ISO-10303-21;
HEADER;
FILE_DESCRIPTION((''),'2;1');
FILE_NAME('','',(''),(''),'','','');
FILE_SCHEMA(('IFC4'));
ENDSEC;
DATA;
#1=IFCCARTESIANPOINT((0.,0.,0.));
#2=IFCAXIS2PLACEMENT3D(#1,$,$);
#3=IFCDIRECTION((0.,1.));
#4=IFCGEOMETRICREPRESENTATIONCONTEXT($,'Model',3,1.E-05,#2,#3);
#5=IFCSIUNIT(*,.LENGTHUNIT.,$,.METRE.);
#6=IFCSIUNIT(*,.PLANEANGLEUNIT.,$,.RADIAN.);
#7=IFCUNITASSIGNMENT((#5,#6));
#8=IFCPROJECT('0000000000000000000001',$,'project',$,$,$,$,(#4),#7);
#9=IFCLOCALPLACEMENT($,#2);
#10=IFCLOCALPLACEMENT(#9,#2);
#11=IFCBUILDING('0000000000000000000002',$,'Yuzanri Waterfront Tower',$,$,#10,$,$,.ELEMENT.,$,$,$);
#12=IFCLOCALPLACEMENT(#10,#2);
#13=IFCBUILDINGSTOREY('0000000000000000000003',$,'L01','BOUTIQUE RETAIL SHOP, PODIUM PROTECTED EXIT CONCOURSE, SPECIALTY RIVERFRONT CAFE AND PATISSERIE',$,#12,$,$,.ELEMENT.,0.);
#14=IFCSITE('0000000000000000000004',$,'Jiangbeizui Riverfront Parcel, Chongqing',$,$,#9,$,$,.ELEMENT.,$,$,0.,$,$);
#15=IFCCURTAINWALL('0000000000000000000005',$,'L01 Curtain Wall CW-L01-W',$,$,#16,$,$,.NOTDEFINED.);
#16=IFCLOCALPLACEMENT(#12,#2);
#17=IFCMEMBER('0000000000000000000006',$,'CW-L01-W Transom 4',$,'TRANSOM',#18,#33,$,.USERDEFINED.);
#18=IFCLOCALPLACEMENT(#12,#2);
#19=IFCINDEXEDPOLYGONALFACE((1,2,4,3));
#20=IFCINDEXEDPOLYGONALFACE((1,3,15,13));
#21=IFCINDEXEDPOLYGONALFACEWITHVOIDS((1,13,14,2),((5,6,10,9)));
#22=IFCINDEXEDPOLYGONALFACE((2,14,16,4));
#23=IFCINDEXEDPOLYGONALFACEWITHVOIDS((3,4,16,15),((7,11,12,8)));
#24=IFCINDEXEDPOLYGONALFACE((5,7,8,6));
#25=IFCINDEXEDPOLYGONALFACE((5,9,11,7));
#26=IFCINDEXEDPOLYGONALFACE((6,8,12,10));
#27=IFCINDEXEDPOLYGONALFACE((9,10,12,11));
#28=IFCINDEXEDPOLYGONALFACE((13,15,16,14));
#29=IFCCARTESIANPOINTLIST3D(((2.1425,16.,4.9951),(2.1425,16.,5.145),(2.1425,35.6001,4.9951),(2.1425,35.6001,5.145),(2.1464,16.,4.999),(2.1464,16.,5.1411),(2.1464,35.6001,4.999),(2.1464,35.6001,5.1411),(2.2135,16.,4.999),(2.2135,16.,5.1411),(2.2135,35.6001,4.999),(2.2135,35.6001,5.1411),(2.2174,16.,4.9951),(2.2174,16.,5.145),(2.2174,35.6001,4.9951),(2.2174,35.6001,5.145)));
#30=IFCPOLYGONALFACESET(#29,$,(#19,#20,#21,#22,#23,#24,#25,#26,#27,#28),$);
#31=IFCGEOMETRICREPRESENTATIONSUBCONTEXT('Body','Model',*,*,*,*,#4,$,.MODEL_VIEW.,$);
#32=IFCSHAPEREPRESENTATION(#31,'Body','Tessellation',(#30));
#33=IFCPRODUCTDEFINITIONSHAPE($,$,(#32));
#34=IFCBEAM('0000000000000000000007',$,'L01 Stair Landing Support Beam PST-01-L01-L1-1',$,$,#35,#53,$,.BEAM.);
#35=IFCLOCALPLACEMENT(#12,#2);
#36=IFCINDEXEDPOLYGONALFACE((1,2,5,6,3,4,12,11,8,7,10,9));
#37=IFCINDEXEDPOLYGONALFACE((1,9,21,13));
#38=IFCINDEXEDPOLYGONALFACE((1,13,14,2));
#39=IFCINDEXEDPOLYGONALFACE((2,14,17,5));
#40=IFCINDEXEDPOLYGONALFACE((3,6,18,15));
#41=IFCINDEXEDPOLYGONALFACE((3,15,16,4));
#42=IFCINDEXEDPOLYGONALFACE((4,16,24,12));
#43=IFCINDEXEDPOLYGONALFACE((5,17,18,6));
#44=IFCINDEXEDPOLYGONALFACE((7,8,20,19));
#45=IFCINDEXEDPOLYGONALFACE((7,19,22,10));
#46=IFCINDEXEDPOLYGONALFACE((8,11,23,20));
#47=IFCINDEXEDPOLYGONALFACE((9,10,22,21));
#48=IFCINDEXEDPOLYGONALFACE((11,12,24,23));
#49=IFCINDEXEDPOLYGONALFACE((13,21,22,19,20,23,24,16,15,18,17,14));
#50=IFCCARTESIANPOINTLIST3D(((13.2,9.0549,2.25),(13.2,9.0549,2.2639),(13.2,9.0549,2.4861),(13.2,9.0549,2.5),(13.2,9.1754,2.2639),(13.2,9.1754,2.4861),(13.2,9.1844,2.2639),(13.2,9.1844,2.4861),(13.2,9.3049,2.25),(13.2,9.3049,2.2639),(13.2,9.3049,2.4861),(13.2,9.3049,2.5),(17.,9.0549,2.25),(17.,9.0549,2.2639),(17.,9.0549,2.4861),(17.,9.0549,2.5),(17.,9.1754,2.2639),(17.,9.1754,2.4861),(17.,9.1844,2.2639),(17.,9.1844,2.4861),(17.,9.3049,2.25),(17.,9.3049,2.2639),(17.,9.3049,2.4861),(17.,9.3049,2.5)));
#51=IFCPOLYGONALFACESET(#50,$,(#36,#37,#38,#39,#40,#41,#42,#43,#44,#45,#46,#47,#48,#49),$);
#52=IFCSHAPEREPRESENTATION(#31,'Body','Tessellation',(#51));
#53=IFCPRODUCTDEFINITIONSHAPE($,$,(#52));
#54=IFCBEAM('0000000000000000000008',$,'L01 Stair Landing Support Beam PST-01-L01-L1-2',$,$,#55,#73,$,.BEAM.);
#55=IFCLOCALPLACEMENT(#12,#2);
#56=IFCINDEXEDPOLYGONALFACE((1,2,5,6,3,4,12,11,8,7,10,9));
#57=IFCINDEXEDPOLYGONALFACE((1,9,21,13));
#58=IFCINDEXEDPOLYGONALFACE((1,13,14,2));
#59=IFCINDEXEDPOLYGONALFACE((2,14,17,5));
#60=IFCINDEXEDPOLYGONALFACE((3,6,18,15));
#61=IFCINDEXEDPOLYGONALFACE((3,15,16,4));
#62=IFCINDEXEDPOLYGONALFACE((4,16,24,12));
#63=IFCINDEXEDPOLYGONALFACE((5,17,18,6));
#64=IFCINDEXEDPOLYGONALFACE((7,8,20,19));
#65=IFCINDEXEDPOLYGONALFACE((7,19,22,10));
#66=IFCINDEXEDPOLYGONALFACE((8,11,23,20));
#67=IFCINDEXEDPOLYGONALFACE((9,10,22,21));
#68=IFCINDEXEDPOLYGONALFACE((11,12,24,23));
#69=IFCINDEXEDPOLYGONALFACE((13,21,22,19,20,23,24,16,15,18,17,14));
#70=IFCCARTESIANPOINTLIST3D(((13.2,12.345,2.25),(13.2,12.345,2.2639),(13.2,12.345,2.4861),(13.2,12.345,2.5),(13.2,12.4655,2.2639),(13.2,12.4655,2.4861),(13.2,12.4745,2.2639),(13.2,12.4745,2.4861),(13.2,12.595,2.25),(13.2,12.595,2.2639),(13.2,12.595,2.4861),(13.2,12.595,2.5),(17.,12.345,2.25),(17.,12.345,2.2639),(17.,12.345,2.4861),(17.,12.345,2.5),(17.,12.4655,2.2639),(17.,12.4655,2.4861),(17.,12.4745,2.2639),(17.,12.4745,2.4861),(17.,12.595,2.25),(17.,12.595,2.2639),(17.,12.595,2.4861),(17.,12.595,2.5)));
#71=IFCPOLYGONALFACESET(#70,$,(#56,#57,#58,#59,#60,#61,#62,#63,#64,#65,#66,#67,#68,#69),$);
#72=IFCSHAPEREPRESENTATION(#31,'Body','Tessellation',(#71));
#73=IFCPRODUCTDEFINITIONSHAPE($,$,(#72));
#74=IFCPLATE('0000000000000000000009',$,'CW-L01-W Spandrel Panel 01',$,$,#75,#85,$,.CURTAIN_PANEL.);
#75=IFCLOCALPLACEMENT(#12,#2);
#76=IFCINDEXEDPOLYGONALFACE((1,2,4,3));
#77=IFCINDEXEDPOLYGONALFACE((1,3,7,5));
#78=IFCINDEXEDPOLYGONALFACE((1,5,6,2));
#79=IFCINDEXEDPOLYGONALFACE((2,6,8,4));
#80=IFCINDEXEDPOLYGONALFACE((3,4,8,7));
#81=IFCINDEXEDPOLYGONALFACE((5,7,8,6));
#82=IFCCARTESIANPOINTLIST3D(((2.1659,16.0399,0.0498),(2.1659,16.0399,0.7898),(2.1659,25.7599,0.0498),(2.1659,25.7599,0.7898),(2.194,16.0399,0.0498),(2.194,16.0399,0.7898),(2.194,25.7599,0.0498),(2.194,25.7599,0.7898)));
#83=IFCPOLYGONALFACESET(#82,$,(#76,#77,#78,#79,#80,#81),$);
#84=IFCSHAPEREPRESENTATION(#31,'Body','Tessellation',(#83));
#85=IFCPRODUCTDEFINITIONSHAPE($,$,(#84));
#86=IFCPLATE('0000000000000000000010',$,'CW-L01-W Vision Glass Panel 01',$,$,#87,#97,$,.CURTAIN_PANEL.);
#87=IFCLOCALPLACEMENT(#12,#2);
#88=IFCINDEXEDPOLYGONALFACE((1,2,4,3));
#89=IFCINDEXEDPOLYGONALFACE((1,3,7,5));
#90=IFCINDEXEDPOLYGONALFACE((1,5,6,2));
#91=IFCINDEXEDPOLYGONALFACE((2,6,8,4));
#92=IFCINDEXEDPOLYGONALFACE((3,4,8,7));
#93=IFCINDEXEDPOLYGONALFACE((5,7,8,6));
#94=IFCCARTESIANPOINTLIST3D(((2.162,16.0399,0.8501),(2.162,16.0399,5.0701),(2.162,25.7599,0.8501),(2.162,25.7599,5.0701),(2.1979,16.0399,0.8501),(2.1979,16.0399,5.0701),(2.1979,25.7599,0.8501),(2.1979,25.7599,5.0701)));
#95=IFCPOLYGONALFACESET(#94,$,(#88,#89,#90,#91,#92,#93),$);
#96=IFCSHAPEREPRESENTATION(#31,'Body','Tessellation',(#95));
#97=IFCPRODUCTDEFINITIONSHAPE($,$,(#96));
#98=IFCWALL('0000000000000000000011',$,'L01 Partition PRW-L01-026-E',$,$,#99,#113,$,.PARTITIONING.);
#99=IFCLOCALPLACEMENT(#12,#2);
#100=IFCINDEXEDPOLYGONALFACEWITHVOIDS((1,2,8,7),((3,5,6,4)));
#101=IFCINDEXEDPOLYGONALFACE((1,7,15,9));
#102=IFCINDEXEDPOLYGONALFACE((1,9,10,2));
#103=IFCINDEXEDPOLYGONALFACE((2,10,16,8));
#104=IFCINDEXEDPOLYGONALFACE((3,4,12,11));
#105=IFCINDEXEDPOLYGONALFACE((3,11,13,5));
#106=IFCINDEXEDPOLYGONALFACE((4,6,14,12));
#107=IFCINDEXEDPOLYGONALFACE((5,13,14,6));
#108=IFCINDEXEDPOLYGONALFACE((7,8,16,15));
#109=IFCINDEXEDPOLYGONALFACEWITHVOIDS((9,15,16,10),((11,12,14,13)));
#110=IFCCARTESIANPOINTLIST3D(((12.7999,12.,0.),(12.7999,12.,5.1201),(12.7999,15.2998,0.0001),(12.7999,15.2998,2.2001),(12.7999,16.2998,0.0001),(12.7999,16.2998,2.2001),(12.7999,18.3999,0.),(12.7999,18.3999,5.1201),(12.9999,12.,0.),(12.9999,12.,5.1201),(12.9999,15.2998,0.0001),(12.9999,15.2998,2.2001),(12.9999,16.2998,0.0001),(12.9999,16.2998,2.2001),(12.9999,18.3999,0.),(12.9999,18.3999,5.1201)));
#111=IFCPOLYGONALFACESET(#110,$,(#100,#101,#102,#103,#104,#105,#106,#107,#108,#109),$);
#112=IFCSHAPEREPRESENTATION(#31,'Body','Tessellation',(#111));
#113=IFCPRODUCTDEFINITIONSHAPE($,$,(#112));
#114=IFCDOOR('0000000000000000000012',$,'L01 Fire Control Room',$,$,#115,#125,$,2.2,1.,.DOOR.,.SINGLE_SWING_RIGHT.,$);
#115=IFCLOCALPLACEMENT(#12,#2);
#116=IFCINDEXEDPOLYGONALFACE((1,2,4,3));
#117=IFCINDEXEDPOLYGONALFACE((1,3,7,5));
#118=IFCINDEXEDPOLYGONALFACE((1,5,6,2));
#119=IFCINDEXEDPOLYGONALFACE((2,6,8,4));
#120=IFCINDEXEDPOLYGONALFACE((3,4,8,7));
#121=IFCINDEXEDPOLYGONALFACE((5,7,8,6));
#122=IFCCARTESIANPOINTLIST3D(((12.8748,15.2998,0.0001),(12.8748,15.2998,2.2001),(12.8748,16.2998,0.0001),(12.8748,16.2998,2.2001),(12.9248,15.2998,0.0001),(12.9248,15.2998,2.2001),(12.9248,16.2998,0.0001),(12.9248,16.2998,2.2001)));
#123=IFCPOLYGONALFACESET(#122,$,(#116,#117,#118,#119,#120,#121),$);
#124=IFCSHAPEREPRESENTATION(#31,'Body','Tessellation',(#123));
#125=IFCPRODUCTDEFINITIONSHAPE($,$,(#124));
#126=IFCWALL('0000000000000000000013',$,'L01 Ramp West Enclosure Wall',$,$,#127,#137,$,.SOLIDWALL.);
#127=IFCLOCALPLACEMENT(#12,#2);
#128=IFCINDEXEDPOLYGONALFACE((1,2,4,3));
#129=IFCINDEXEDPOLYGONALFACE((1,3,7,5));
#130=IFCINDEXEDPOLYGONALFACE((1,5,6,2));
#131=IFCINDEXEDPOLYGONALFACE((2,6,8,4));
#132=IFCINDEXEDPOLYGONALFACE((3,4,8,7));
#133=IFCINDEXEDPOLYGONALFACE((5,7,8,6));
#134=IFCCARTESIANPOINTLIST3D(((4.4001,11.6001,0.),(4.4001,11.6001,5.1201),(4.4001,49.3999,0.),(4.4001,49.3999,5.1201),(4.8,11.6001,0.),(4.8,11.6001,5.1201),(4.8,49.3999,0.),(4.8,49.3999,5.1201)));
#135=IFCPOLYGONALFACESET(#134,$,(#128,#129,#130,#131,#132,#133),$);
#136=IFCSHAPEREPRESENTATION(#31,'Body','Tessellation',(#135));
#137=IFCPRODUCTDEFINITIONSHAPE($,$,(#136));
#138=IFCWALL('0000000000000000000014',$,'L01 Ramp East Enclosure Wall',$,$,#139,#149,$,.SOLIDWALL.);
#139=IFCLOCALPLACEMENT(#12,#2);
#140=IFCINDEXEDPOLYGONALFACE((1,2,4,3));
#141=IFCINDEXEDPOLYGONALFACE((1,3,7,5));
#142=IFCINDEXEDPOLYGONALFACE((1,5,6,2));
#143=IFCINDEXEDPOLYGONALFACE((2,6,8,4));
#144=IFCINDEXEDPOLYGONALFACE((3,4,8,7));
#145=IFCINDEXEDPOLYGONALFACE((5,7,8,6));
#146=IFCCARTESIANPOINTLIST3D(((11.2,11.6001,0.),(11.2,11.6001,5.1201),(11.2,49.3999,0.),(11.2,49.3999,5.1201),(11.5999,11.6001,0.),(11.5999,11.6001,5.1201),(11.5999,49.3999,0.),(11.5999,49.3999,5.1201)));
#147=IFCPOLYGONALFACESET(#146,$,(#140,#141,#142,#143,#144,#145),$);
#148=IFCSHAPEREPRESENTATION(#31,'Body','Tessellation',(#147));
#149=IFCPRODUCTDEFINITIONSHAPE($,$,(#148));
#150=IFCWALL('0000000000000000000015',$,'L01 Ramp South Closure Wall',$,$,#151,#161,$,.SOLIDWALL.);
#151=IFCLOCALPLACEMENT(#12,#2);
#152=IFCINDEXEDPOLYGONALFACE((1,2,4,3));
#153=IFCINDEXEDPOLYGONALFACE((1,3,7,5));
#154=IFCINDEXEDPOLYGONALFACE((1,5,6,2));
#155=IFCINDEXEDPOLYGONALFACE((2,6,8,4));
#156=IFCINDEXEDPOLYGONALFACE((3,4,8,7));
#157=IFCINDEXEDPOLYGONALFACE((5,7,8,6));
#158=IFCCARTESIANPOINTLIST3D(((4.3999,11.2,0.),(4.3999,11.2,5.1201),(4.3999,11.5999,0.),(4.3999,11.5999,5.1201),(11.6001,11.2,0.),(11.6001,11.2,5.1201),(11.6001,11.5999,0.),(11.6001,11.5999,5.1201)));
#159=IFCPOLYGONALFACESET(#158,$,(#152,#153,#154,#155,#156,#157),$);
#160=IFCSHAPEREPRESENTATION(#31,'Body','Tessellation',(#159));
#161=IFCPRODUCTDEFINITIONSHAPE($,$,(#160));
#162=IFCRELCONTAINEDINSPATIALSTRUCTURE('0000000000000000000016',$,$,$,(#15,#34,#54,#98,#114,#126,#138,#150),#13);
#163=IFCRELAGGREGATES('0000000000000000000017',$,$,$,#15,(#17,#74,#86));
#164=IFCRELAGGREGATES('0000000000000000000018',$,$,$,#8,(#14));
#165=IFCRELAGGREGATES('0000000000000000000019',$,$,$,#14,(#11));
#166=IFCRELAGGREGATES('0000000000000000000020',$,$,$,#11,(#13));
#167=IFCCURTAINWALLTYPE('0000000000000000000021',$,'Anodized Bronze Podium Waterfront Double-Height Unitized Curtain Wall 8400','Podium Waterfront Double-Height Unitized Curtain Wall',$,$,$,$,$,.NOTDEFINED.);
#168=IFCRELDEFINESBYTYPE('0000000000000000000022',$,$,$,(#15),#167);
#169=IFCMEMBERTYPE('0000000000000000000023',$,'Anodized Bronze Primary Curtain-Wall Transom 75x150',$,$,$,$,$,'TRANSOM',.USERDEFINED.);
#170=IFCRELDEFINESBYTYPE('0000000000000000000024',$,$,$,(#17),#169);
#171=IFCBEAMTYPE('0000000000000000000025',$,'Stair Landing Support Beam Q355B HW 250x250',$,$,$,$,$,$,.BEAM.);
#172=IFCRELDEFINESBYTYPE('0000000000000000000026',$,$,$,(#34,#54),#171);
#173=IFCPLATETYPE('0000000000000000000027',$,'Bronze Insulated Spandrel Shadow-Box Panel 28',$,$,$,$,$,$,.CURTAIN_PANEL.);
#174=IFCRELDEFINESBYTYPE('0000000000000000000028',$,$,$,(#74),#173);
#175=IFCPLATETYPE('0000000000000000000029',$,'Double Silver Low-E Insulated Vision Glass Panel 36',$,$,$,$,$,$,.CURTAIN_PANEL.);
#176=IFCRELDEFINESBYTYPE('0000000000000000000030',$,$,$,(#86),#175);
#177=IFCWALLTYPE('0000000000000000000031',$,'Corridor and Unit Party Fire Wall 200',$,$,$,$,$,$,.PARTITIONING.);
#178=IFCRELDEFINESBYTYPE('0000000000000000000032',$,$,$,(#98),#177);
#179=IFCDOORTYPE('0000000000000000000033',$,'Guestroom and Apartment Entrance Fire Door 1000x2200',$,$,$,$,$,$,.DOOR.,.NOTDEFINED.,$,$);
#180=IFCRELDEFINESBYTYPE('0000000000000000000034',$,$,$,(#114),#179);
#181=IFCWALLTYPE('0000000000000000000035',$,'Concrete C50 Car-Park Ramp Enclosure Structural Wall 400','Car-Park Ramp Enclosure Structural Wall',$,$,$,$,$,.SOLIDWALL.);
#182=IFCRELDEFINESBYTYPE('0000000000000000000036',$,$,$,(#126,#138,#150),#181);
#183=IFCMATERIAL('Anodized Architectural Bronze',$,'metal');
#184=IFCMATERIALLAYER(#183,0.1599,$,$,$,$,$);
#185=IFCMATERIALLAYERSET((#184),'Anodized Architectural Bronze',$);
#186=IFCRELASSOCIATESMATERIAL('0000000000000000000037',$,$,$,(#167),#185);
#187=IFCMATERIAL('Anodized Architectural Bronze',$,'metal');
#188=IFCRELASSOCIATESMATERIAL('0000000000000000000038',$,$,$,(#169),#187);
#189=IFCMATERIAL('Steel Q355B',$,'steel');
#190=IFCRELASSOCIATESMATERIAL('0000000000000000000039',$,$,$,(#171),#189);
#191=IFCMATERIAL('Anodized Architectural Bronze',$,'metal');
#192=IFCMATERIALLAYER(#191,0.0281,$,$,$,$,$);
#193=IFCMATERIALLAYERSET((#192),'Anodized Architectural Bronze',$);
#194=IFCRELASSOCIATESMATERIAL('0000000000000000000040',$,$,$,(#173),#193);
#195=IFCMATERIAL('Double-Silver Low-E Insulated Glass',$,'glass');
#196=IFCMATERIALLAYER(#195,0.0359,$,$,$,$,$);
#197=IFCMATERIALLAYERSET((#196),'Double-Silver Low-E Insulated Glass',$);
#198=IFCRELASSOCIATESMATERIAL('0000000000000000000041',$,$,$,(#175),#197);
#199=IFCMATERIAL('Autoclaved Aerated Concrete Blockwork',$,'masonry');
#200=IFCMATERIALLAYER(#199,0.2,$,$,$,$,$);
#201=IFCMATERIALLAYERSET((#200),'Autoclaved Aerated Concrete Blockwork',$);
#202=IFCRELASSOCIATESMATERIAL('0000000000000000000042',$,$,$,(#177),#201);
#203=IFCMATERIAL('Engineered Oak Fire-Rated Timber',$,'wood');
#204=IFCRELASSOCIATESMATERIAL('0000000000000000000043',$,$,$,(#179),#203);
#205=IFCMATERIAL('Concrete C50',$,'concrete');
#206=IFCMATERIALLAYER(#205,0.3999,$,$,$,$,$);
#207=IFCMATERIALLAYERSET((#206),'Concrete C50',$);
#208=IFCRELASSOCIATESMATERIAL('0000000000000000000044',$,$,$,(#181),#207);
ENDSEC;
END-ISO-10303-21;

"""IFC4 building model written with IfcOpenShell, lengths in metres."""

from ifc_helpers import new_model, si_unit, direction, frame, frame_2d, origin, origin_2d, place, context, subcontext, project, spatial, rectangle, hollow_rectangle, i_section, extrude, source, transform, mapped, material, layer, layer_set, material_profile, profile_set, type_object, element, fill, aggregate, save


model = new_model("IFC4")

# Units and contexts
model_context = context("Model", 3, precision=1e-05, world=origin(), true_north=direction((0.0, 1.0)))
body_context = subcontext(model_context, "Body", "Model", "MODEL_VIEW")
ifc_project = project(units=[si_unit("LENGTHUNIT", "METRE"), si_unit("PLANEANGLEUNIT", "RADIAN")], contexts=[model_context])

# Site, building, storey
site_placement = place(None, origin())
site = spatial("IfcSite", under=ifc_project, at=site_placement, Name="Jiangbeizui Riverfront Parcel, Chongqing", CompositionType="ELEMENT", RefElevation=0.0)
building_placement = place(site_placement, origin())
building = spatial("IfcBuilding", under=site, at=building_placement, Name="Yuzanri Waterfront Tower", CompositionType="ELEMENT")
storey_placement = place(building_placement, origin())
storey = spatial("IfcBuildingStorey", under=building, at=storey_placement, Name="L01", Description="BOUTIQUE RETAIL SHOP, PODIUM PROTECTED EXIT CONCOURSE, SPECIALTY RIVERFRONT CAFE AND PATISSERIE", CompositionType="ELEMENT", Elevation=0.0)

# Curtain wall, member
ifc_material_1 = material(Name="Anodized Architectural Bronze", Category="metal")
ifc_layer_1 = layer(ifc_material_1, 0.1599)
ifc_layer_set_1 = layer_set([ifc_layer_1], Name="Anodized Architectural Bronze")
curtain_wall_type = type_object("IfcCurtainWallType", Name="Anodized Bronze Podium Waterfront Double-Height Unitized Curtain Wall 8400", Description="Podium Waterfront Double-Height Unitized Curtain Wall", PredefinedType="NOTDEFINED", material=ifc_layer_set_1)
curtain_wall_placement = place(storey_placement, origin())
curtain_wall = element("IfcCurtainWall", 1, at=curtain_wall_placement, inside=storey, type_object=curtain_wall_type, Name="L01 Curtain Wall CW-L01-W", PredefinedType="NOTDEFINED")
ifc_material_2 = material(Name="Anodized Architectural Bronze", Category="metal")
ifc_material_profile_1 = material_profile(ifc_material_2, hollow_rectangle(XDim=0.075, YDim=0.1499, WallThickness=0.0039, at=origin_2d()), Name="CWT 75x150")
ifc_profile_set_1 = profile_set([ifc_material_profile_1], Name="Anodized Architectural Bronze")
member_type_1 = type_object("IfcMemberType", Name="Anodized Bronze Primary Curtain-Wall Transom 75x150", ElementType="TRANSOM", PredefinedType="USERDEFINED", material=ifc_profile_set_1)
shared_shape_1 = source(origin(), body_context, "Body", "SweptSolid", [
    extrude(hollow_rectangle(XDim=0.075, YDim=0.1499, WallThickness=0.0039, at=origin_2d()), origin(), (0.0, 0.0, 1.0), 19.6001),
])
member_1_placement = place(storey_placement, frame((2.1799, 16.0, 5.0701), z_axis=(0.0, 1.0, 0.0), x_axis=(-1.0, 0.0, 0.0)))
member_1 = element("IfcMember", 2, at=member_1_placement, type_object=member_type_1, Name="CW-L01-W Transom 4", ObjectType="TRANSOM", PredefinedType="USERDEFINED", context=body_context, shape_type="MappedRepresentation", body=[
    mapped(shared_shape_1, transform((0.0, 0.0, 0.0), scale=1.0)),
])

# Beams
ifc_material_3 = material(Name="Steel Q355B", Category="steel")
ifc_material_profile_2 = material_profile(ifc_material_3, i_section(OverallWidth=0.25, OverallDepth=0.25, WebThickness=0.009, FlangeThickness=0.0139, at=origin_2d()), Name="HW 250x250x9x14")
ifc_profile_set_2 = profile_set([ifc_material_profile_2], Name="Steel Q355B")
beam_type_1 = type_object("IfcBeamType", Name="Stair Landing Support Beam Q355B HW 250x250", PredefinedType="BEAM", material=ifc_profile_set_2)
shared_shape_2 = source(origin(), body_context, "Body", "SweptSolid", [
    extrude(i_section(OverallWidth=0.25, OverallDepth=0.25, WebThickness=0.009, FlangeThickness=0.0139, at=origin_2d()), origin(), (0.0, 0.0, 1.0), 3.8),
])
for number, where, z_axis, x_axis, name in (
    (3, (13.2, 9.1799, 2.375), (1.0, 0.0, 0.0), (0.0, 1.0, 0.0), "L01 Stair Landing Support Beam PST-01-L01-L1-1"),
    (4, (13.2, 12.47, 2.375), (1.0, 0.0, 0.0), (0.0, 1.0, 0.0), "L01 Stair Landing Support Beam PST-01-L01-L1-2"),
):
    element("IfcBeam", number, at=place(storey_placement, frame(where, z_axis=z_axis, x_axis=x_axis)), inside=storey, type_object=beam_type_1, Name=name, PredefinedType="BEAM", context=body_context, shape_type="MappedRepresentation", body=[
        mapped(shared_shape_2, transform((0.0, 0.0, 0.0), scale=1.0)),
    ])

# Plates
ifc_material_4 = material(Name="Anodized Architectural Bronze", Category="metal")
ifc_layer_2 = layer(ifc_material_4, 0.0281)
ifc_layer_set_2 = layer_set([ifc_layer_2], Name="Anodized Architectural Bronze")
plate_type_1 = type_object("IfcPlateType", Name="Bronze Insulated Spandrel Shadow-Box Panel 28", PredefinedType="CURTAIN_PANEL", material=ifc_layer_set_2)
shared_shape_3 = source(origin(), body_context, "Body", "SweptSolid", [
    extrude(rectangle(XDim=9.72, YDim=0.0281, at=origin_2d()), origin(), (0.0, 0.0, 1.0), 0.74),
])
plate_1_placement = place(storey_placement, frame((2.1799, 20.8999, 0.0498), z_axis=(0.0, 0.0, 1.0), x_axis=(0.0, 1.0, 0.0)))
plate_1 = element("IfcPlate", 5, at=plate_1_placement, type_object=plate_type_1, Name="CW-L01-W Spandrel Panel 01", PredefinedType="CURTAIN_PANEL", context=body_context, shape_type="MappedRepresentation", body=[
    mapped(shared_shape_3, transform((0.0, 0.0, 0.0), scale=1.0)),
])
ifc_material_5 = material(Name="Double-Silver Low-E Insulated Glass", Category="glass")
ifc_layer_3 = layer(ifc_material_5, 0.0359)
ifc_layer_set_3 = layer_set([ifc_layer_3], Name="Double-Silver Low-E Insulated Glass")
plate_type_2 = type_object("IfcPlateType", Name="Double Silver Low-E Insulated Vision Glass Panel 36", PredefinedType="CURTAIN_PANEL", material=ifc_layer_set_3)
shared_shape_4 = source(origin(), body_context, "Body", "SweptSolid", [
    extrude(rectangle(XDim=9.72, YDim=0.0359, at=origin_2d()), origin(), (0.0, 0.0, 1.0), 4.22),
])
plate_2_placement = place(storey_placement, frame((2.1799, 20.8999, 0.8501), z_axis=(0.0, 0.0, 1.0), x_axis=(0.0, 1.0, 0.0)))
plate_2 = element("IfcPlate", 6, at=plate_2_placement, type_object=plate_type_2, Name="CW-L01-W Vision Glass Panel 01", PredefinedType="CURTAIN_PANEL", context=body_context, shape_type="MappedRepresentation", body=[
    mapped(shared_shape_4, transform((0.0, 0.0, 0.0), scale=1.0)),
])
aggregate(curtain_wall, [member_1, plate_1, plate_2])

# Wall, opening, door
ifc_material_6 = material(Name="Autoclaved Aerated Concrete Blockwork", Category="masonry")
ifc_layer_4 = layer(ifc_material_6, 0.2)
ifc_layer_set_4 = layer_set([ifc_layer_4], Name="Autoclaved Aerated Concrete Blockwork")
wall_type_1 = type_object("IfcWallType", Name="Corridor and Unit Party Fire Wall 200", PredefinedType="PARTITIONING", material=ifc_layer_set_4)
wall_1_placement = place(storey_placement, frame((12.8999, 18.3999, 0.0), z_axis=(0.0, 0.0, 1.0), x_axis=(0.0, -1.0, 0.0)))
wall_1 = element("IfcWall", 7, at=wall_1_placement, inside=storey, type_object=wall_type_1, Name="L01 Partition PRW-L01-026-E", PredefinedType="PARTITIONING", context=body_context, shape_type="SweptSolid", body=[
    extrude(rectangle(XDim=6.3999, YDim=0.2, at=frame_2d((3.2, 0.0))), origin(), (0.0, 0.0, 1.0), 5.1201),
])
opening_placement = place(wall_1_placement, frame((2.1001, 0.0, 0.0)))
opening = element("IfcOpeningElement", 8, at=opening_placement, cuts=wall_1, PredefinedType="OPENING", context=body_context, shape_type="SweptSolid", body=[
    extrude(rectangle(XDim=1.0, YDim=2.2, at=frame_2d((0.5, 1.1001))), frame((0.0, 0.1147, 0.0), z_axis=(0.0, -1.0, 0.0), x_axis=(1.0, 0.0, 0.0)), (0.0, 0.0, 1.0), 0.2297),
])
ifc_material_7 = material(Name="Engineered Oak Fire-Rated Timber", Category="wood")
door_type = type_object("IfcDoorType", Name="Guestroom and Apartment Entrance Fire Door 1000x2200", OperationType="NOTDEFINED", PredefinedType="DOOR", material=ifc_material_7)
shared_shape_5 = source(origin(), body_context, "Body", "SweptSolid", [
    extrude(rectangle(XDim=1.0, YDim=2.2, at=frame_2d((0.5, 1.1001))), frame((0.0, 0.0249, 0.0), z_axis=(0.0, -1.0, 0.0), x_axis=(1.0, 0.0, 0.0)), (0.0, 0.0, 1.0), 0.05),
])
door_placement = place(opening_placement, origin())
door = element("IfcDoor", 9, at=door_placement, inside=storey, type_object=door_type, Name="L01 Fire Control Room", OperationType="SINGLE_SWING_RIGHT", OverallHeight=2.2, OverallWidth=1.0, PredefinedType="DOOR", context=body_context, shape_type="MappedRepresentation", body=[
    mapped(shared_shape_5, transform((0.0, 0.0, 0.0), scale=1.0)),
])
fill(opening, door)

# Walls
ifc_material_8 = material(Name="Concrete C50", Category="concrete")
ifc_layer_5 = layer(ifc_material_8, 0.3999)
ifc_layer_set_5 = layer_set([ifc_layer_5], Name="Concrete C50")
wall_type_2 = type_object("IfcWallType", Name="Concrete C50 Car-Park Ramp Enclosure Structural Wall 400", Description="Car-Park Ramp Enclosure Structural Wall", PredefinedType="SOLIDWALL", material=ifc_layer_set_5)
shared_shape_6 = source(origin(), body_context, "Body", "SweptSolid", [
    extrude(rectangle(XDim=37.7998, YDim=0.3999, at=frame_2d((18.8999, 0.0))), origin(), (0.0, 0.0, 1.0), 5.1201),
])
for number, where, z_axis, x_axis, name in (
    (10, (4.6001, 11.6001, 0.0), (0.0, 0.0, 1.0), (0.0, 1.0, 0.0), "L01 Ramp West Enclosure Wall"),
    (11, (11.3999, 11.6001, 0.0), (0.0, 0.0, 1.0), (0.0, 1.0, 0.0), "L01 Ramp East Enclosure Wall"),
):
    element("IfcWall", number, at=place(storey_placement, frame(where, z_axis=z_axis, x_axis=x_axis)), inside=storey, type_object=wall_type_2, Name=name, PredefinedType="SOLIDWALL", context=body_context, shape_type="MappedRepresentation", body=[
        mapped(shared_shape_6, transform((0.0, 0.0, 0.0), scale=1.0)),
    ])
shared_shape_7 = source(origin(), body_context, "Body", "SweptSolid", [
    extrude(rectangle(XDim=7.2002, YDim=0.3999, at=frame_2d((3.6001, 0.0))), origin(), (0.0, 0.0, 1.0), 5.1201),
])
wall_2_placement = place(storey_placement, frame((4.3999, 11.3999, 0.0), z_axis=(0.0, 0.0, 1.0), x_axis=(1.0, 0.0, 0.0)))
element("IfcWall", 12, at=wall_2_placement, inside=storey, type_object=wall_type_2, Name="L01 Ramp South Closure Wall", PredefinedType="SOLIDWALL", context=body_context, shape_type="MappedRepresentation", body=[
    mapped(shared_shape_7, transform((0.0, 0.0, 0.0), scale=1.0)),
])

save(model, "model.ifc")
